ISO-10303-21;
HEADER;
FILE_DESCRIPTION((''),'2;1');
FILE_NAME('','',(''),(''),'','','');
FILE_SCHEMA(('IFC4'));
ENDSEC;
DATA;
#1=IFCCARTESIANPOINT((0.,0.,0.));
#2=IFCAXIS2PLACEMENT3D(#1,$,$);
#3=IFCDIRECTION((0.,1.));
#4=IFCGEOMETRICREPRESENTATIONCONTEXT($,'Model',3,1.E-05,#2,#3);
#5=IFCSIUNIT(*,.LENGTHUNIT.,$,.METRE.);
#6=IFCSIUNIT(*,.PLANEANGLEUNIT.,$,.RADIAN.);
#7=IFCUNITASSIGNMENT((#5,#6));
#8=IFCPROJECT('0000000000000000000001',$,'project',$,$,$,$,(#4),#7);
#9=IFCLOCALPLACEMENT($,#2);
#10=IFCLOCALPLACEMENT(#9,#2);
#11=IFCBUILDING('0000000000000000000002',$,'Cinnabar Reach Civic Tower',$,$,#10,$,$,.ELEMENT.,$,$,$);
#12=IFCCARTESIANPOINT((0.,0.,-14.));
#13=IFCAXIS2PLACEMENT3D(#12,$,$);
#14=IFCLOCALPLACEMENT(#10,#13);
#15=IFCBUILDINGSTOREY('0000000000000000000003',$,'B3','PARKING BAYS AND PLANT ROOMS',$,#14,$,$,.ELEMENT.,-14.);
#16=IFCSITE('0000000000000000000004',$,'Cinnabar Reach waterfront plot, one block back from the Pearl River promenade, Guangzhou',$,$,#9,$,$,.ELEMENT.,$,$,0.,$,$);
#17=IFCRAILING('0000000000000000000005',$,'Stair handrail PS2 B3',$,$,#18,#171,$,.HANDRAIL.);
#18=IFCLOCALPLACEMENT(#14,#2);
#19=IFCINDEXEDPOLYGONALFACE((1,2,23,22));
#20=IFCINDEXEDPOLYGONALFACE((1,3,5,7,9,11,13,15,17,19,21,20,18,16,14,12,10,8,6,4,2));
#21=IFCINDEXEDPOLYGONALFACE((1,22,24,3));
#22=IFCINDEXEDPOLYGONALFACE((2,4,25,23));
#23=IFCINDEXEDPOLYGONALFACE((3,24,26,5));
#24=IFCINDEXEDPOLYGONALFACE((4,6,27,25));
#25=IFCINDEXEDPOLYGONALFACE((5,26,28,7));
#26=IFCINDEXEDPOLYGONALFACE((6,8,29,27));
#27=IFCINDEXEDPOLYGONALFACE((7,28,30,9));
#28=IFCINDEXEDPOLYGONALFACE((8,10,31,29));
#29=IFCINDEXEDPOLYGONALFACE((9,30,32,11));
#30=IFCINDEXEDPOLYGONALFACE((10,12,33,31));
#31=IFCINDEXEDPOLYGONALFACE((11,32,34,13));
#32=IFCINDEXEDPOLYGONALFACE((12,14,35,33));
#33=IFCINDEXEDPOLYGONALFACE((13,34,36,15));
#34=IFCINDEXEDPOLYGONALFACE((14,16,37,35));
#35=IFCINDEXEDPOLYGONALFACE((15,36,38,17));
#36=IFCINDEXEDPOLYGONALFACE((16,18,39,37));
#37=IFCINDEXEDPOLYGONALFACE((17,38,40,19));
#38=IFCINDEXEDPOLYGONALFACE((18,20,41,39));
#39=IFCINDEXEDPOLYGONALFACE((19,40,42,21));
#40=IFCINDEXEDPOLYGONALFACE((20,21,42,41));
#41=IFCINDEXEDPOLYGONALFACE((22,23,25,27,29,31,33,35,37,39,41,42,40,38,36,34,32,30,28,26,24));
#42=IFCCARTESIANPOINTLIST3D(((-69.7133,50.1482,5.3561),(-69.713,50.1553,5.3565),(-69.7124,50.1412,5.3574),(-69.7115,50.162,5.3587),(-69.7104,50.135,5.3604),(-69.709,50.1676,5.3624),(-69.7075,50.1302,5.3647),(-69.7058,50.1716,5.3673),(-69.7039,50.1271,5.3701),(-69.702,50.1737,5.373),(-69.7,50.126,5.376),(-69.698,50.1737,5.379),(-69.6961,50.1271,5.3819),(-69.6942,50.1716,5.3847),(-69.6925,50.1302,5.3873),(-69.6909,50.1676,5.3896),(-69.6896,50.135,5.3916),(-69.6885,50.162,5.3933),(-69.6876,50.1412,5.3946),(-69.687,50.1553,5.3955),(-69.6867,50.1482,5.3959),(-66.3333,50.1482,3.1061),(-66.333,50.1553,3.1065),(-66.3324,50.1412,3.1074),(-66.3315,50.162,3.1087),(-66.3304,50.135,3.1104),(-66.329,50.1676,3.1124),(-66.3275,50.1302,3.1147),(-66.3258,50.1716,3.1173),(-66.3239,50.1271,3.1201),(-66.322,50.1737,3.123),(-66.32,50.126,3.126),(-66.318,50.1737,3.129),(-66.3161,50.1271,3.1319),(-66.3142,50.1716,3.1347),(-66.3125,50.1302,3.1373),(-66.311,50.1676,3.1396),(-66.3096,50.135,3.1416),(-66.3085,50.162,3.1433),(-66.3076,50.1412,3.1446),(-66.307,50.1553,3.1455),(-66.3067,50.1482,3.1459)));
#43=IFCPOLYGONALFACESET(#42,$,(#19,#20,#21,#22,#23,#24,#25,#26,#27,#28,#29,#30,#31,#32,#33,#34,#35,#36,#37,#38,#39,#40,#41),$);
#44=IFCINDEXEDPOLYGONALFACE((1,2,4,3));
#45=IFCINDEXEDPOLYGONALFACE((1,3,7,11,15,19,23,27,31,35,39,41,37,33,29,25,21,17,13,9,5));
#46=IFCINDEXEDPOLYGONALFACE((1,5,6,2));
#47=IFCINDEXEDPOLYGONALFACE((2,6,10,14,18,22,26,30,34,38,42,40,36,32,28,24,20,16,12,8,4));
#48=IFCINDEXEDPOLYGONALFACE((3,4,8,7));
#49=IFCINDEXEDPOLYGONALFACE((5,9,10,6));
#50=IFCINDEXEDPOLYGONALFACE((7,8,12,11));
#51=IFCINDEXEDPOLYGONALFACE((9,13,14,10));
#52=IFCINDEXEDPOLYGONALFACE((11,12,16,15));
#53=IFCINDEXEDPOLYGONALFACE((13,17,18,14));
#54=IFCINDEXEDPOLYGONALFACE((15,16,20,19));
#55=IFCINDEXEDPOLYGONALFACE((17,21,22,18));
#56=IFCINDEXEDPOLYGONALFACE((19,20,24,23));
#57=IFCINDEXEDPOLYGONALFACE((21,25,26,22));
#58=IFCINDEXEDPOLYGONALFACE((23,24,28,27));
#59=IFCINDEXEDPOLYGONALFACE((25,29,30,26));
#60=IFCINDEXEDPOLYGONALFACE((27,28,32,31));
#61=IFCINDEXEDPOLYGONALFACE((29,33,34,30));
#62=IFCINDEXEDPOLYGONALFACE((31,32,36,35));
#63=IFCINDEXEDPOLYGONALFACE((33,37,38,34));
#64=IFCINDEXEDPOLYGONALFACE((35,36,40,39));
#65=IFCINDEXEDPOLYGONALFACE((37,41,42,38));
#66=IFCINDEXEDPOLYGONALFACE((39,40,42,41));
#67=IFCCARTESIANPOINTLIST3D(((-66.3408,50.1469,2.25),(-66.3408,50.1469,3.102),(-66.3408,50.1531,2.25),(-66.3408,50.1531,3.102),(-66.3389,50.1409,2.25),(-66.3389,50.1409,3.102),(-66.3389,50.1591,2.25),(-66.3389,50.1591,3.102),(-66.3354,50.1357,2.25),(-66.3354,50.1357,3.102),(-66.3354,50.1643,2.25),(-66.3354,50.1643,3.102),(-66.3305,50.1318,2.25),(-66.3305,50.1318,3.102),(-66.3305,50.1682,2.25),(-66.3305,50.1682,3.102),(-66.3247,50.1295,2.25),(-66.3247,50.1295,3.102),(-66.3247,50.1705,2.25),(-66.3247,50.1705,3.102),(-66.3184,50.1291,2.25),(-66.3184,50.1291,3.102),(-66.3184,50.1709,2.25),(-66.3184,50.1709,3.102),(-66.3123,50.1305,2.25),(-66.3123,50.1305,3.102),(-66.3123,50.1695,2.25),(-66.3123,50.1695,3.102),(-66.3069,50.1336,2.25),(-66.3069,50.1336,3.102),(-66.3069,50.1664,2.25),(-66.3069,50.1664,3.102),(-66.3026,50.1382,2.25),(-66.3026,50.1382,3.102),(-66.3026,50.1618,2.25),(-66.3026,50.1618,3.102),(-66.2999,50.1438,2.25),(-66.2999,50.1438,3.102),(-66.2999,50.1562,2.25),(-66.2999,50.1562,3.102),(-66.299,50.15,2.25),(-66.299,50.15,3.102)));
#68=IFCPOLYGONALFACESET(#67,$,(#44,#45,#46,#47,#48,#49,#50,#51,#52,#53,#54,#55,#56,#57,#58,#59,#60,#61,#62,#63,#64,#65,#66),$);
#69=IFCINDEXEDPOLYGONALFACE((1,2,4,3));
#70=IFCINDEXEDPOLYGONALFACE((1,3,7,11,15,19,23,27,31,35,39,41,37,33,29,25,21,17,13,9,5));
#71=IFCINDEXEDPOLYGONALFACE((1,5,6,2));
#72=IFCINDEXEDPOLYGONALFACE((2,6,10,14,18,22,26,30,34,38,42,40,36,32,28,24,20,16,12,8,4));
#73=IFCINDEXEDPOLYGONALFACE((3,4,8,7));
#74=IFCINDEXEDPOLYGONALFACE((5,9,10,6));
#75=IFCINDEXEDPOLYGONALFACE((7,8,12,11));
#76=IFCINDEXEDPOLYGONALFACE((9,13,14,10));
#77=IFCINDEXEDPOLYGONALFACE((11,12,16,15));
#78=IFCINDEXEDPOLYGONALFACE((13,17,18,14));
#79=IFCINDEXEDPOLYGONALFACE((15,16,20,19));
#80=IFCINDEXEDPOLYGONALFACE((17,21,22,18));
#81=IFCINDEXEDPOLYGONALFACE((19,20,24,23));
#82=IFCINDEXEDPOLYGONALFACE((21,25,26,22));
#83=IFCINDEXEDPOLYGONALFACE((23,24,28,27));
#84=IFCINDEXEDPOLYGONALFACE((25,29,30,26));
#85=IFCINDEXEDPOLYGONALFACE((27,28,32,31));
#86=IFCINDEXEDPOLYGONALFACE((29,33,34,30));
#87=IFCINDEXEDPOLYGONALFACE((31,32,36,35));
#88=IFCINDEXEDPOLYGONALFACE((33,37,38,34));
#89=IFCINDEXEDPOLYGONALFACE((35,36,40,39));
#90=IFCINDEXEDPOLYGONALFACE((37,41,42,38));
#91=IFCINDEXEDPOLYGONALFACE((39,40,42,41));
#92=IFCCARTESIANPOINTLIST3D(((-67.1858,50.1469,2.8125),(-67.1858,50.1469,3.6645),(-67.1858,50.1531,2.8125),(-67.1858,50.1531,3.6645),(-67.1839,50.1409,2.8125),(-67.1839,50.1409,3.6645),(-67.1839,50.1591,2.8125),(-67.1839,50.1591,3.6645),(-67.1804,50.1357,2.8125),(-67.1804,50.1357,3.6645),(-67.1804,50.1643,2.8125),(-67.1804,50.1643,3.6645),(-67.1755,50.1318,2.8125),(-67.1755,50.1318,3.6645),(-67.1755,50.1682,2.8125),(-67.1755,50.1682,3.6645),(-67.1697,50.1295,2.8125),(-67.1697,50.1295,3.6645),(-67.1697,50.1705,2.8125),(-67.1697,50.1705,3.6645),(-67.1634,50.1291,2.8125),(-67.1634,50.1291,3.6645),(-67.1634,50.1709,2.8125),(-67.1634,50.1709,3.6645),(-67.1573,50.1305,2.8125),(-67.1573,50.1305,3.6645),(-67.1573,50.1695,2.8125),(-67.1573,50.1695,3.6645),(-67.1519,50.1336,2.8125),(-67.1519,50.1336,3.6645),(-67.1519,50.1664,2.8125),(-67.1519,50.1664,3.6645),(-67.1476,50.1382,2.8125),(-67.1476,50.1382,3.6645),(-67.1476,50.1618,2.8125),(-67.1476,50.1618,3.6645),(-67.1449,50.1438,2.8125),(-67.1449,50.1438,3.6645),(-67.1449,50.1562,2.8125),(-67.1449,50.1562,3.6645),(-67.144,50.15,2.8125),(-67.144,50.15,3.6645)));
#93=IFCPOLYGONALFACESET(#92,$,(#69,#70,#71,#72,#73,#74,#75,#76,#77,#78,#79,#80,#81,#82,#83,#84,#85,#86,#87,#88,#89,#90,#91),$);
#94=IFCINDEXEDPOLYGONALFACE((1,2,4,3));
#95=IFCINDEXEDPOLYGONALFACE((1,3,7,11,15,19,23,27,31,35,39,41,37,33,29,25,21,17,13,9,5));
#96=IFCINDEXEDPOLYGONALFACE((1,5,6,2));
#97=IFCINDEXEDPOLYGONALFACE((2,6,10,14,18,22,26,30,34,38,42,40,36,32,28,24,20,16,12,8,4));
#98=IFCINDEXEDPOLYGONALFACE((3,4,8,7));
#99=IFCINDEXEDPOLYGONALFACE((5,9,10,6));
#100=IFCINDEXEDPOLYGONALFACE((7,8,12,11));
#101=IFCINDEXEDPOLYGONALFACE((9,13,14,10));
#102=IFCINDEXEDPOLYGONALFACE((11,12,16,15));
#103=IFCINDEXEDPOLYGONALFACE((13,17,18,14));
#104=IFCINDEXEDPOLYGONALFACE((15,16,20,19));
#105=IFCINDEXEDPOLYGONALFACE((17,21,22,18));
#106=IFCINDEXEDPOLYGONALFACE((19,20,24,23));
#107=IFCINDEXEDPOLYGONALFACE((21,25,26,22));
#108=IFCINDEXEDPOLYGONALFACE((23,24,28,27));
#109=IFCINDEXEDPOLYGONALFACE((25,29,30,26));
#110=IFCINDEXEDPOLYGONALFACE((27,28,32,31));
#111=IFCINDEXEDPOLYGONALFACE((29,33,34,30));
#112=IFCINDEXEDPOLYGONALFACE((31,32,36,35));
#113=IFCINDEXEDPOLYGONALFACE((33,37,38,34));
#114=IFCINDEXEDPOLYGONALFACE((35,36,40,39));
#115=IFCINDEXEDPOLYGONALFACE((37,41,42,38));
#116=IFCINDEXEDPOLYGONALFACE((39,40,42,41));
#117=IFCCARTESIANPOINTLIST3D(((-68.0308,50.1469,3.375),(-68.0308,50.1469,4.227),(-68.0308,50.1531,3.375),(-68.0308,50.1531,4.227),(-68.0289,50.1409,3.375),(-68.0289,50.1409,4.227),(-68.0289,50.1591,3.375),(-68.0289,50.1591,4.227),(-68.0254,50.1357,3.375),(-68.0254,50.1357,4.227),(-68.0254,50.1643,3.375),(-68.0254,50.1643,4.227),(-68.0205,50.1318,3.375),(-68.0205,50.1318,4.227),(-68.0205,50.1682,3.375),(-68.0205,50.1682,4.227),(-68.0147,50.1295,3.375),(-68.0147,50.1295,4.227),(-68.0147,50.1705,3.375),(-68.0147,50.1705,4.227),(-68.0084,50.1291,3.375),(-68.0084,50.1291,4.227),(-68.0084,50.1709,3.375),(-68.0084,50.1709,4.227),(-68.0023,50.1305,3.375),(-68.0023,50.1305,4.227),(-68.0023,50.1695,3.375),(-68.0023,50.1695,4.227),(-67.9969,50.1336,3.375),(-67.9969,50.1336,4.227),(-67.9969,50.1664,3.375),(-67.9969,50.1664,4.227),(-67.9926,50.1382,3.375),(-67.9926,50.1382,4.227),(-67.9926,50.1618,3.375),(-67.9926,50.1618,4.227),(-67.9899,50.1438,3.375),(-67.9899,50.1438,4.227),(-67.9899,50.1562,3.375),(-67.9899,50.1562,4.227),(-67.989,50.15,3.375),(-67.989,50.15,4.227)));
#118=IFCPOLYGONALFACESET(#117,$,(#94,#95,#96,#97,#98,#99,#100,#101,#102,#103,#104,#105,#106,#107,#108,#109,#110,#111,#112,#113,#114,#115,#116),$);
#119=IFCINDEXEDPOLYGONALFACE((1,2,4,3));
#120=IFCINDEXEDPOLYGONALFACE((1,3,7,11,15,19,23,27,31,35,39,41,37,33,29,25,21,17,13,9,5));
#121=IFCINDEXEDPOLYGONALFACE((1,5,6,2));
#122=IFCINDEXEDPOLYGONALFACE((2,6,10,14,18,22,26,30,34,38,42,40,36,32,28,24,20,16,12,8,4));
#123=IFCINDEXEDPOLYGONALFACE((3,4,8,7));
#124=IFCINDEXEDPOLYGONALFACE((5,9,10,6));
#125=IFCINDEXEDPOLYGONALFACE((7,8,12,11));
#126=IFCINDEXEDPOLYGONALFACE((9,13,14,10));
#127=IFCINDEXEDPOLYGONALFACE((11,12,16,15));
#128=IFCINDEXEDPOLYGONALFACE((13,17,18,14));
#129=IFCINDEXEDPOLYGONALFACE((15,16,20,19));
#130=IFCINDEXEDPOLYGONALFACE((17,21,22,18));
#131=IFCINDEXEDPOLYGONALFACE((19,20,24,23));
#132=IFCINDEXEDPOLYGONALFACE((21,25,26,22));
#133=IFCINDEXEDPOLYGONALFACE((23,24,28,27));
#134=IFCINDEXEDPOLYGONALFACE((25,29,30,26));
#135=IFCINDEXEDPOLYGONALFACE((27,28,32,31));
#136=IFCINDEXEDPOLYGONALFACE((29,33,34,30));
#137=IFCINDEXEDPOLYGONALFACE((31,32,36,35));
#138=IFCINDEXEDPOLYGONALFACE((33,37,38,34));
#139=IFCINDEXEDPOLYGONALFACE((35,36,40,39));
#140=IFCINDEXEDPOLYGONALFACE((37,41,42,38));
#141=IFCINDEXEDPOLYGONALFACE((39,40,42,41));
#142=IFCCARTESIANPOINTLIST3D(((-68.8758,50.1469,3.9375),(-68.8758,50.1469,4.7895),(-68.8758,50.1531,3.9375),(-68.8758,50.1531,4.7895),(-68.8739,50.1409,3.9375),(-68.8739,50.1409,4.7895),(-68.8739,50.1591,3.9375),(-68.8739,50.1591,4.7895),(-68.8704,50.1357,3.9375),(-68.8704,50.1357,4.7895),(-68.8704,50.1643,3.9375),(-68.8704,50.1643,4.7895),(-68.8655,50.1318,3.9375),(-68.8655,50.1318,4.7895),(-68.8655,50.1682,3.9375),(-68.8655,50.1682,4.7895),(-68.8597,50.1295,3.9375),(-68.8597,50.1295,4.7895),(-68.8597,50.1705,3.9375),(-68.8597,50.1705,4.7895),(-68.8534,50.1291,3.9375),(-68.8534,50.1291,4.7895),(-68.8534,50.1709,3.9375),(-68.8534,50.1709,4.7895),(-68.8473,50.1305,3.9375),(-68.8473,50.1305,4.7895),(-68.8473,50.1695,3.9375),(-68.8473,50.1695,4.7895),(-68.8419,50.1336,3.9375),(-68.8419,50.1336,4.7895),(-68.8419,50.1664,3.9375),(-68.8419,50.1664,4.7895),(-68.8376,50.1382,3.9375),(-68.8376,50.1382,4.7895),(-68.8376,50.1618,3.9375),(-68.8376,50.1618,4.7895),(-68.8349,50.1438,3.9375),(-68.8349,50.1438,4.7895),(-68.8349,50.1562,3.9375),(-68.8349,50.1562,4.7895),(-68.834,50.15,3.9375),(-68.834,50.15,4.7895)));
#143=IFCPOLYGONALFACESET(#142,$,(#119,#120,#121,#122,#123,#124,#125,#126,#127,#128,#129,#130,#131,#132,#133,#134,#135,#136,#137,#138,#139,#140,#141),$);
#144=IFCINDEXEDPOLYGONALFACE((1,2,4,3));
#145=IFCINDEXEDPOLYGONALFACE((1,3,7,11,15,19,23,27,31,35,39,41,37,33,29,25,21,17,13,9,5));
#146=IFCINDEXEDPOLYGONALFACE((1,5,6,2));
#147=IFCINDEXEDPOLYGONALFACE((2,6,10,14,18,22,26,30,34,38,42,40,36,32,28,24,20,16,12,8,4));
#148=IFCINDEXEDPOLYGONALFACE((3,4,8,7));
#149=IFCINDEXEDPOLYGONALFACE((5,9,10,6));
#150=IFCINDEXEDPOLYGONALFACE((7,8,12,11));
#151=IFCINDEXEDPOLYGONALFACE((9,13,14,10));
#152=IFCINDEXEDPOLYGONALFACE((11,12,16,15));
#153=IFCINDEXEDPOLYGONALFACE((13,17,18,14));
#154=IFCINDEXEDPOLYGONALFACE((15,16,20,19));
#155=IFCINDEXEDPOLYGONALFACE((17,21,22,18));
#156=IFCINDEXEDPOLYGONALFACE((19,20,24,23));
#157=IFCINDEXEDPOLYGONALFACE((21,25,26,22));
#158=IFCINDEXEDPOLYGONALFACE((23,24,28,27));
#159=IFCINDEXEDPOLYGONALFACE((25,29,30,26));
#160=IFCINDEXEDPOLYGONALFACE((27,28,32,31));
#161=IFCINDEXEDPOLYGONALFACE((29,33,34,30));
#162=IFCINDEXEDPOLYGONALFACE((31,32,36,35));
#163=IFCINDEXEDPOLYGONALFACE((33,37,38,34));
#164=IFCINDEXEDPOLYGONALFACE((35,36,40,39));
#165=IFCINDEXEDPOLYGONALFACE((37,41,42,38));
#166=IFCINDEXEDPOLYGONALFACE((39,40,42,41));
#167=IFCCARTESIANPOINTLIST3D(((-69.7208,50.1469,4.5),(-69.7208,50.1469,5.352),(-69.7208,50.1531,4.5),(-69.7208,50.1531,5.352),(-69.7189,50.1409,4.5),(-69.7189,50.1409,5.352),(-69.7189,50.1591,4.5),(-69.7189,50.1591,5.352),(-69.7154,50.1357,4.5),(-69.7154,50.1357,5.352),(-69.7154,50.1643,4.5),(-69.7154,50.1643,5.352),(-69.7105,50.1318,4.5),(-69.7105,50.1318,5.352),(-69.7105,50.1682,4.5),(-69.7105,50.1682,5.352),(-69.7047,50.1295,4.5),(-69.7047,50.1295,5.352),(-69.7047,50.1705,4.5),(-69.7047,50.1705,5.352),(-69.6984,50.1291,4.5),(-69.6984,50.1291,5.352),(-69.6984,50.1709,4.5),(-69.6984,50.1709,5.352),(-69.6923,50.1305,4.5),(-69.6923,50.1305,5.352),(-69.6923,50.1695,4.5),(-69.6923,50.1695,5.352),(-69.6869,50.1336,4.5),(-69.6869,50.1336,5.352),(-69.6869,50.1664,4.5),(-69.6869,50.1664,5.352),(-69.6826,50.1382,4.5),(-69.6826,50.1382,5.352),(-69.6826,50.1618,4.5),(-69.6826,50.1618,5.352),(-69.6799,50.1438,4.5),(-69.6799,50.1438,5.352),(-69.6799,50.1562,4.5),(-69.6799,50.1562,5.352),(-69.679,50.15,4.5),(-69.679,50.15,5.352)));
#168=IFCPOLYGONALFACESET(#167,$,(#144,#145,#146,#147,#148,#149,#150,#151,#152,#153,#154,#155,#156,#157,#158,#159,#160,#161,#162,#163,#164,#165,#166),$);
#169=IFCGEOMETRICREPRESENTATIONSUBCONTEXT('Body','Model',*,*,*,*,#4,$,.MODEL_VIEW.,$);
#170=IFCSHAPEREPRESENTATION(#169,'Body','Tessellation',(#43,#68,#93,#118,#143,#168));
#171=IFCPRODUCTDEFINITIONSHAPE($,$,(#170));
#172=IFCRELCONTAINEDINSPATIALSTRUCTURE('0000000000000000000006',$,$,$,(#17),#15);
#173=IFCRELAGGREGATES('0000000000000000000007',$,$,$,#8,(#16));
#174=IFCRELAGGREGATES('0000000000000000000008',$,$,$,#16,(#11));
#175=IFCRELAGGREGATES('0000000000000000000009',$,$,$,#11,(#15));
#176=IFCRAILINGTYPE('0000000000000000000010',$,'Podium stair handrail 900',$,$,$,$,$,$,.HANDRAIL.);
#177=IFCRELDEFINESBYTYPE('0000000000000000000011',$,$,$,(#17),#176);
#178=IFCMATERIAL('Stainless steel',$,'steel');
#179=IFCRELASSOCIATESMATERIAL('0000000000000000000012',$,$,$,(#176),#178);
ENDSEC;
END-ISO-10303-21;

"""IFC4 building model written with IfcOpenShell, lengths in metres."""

from ifc_helpers import new_model, si_unit, direction, frame, origin, origin_2d, place, context, subcontext, project, spatial, circle, extrude, material, type_object, element, save


model = new_model("IFC4")

# Units and contexts
model_context = context("Model", 3, precision=1e-05, world=origin(), true_north=direction((0.0, 1.0)))
body_context = subcontext(model_context, "Body", "Model", "MODEL_VIEW")
ifc_project = project(units=[si_unit("LENGTHUNIT", "METRE"), si_unit("PLANEANGLEUNIT", "RADIAN")], contexts=[model_context])

# Site, building, storey
site_placement = place(None, origin())
site = spatial("IfcSite", under=ifc_project, at=site_placement, Name="Cinnabar Reach waterfront plot, one block back from the Pearl River promenade, Guangzhou", CompositionType="ELEMENT", RefElevation=0.0)
building_placement = place(site_placement, origin())
building = spatial("IfcBuilding", under=site, at=building_placement, Name="Cinnabar Reach Civic Tower", CompositionType="ELEMENT")
storey_placement = place(building_placement, frame((0.0, 0.0, -14.0)))
storey = spatial("IfcBuildingStorey", under=building, at=storey_placement, Name="B3", Description="PARKING BAYS AND PLANT ROOMS", CompositionType="ELEMENT", Elevation=-14.0)

# Railing
ifc_material_1 = material(Name="Stainless steel", Category="steel")
railing_type_1 = type_object("IfcRailingType", Name="Podium stair handrail 900", PredefinedType="HANDRAIL", material=ifc_material_1)
railing_1_placement = place(storey_placement, frame((-66.32, 50.15, 2.25)))
element("IfcRailing", 1, at=railing_1_placement, inside=storey, type_object=railing_type_1, Name="Stair handrail PS2 B3", PredefinedType="HANDRAIL", context=body_context, shape_type="SweptSolid", body=[
    extrude(circle(Radius=0.024, at=origin_2d()), frame((0.0, 0.0, 0.876), z_axis=(-0.832429, 0.0, 0.554132), x_axis=(0.0, -1.0, 0.0)), (0.0, 0.0, 1.0), 4.0604),
    extrude(circle(Radius=0.021, at=origin_2d()), origin(), (0.0, 0.0, 1.0), 0.852),
    extrude(circle(Radius=0.021, at=origin_2d()), frame((-0.845, 0.0, 0.5625)), (0.0, 0.0, 1.0), 0.852),
    extrude(circle(Radius=0.021, at=origin_2d()), frame((-1.69, 0.0, 1.125)), (0.0, 0.0, 1.0), 0.852),
    extrude(circle(Radius=0.021, at=origin_2d()), frame((-2.535, 0.0, 1.6875)), (0.0, 0.0, 1.0), 0.852),
    extrude(circle(Radius=0.021, at=origin_2d()), frame((-3.38, 0.0, 2.25)), (0.0, 0.0, 1.0), 0.852),
])

save(model, "model.ifc")
